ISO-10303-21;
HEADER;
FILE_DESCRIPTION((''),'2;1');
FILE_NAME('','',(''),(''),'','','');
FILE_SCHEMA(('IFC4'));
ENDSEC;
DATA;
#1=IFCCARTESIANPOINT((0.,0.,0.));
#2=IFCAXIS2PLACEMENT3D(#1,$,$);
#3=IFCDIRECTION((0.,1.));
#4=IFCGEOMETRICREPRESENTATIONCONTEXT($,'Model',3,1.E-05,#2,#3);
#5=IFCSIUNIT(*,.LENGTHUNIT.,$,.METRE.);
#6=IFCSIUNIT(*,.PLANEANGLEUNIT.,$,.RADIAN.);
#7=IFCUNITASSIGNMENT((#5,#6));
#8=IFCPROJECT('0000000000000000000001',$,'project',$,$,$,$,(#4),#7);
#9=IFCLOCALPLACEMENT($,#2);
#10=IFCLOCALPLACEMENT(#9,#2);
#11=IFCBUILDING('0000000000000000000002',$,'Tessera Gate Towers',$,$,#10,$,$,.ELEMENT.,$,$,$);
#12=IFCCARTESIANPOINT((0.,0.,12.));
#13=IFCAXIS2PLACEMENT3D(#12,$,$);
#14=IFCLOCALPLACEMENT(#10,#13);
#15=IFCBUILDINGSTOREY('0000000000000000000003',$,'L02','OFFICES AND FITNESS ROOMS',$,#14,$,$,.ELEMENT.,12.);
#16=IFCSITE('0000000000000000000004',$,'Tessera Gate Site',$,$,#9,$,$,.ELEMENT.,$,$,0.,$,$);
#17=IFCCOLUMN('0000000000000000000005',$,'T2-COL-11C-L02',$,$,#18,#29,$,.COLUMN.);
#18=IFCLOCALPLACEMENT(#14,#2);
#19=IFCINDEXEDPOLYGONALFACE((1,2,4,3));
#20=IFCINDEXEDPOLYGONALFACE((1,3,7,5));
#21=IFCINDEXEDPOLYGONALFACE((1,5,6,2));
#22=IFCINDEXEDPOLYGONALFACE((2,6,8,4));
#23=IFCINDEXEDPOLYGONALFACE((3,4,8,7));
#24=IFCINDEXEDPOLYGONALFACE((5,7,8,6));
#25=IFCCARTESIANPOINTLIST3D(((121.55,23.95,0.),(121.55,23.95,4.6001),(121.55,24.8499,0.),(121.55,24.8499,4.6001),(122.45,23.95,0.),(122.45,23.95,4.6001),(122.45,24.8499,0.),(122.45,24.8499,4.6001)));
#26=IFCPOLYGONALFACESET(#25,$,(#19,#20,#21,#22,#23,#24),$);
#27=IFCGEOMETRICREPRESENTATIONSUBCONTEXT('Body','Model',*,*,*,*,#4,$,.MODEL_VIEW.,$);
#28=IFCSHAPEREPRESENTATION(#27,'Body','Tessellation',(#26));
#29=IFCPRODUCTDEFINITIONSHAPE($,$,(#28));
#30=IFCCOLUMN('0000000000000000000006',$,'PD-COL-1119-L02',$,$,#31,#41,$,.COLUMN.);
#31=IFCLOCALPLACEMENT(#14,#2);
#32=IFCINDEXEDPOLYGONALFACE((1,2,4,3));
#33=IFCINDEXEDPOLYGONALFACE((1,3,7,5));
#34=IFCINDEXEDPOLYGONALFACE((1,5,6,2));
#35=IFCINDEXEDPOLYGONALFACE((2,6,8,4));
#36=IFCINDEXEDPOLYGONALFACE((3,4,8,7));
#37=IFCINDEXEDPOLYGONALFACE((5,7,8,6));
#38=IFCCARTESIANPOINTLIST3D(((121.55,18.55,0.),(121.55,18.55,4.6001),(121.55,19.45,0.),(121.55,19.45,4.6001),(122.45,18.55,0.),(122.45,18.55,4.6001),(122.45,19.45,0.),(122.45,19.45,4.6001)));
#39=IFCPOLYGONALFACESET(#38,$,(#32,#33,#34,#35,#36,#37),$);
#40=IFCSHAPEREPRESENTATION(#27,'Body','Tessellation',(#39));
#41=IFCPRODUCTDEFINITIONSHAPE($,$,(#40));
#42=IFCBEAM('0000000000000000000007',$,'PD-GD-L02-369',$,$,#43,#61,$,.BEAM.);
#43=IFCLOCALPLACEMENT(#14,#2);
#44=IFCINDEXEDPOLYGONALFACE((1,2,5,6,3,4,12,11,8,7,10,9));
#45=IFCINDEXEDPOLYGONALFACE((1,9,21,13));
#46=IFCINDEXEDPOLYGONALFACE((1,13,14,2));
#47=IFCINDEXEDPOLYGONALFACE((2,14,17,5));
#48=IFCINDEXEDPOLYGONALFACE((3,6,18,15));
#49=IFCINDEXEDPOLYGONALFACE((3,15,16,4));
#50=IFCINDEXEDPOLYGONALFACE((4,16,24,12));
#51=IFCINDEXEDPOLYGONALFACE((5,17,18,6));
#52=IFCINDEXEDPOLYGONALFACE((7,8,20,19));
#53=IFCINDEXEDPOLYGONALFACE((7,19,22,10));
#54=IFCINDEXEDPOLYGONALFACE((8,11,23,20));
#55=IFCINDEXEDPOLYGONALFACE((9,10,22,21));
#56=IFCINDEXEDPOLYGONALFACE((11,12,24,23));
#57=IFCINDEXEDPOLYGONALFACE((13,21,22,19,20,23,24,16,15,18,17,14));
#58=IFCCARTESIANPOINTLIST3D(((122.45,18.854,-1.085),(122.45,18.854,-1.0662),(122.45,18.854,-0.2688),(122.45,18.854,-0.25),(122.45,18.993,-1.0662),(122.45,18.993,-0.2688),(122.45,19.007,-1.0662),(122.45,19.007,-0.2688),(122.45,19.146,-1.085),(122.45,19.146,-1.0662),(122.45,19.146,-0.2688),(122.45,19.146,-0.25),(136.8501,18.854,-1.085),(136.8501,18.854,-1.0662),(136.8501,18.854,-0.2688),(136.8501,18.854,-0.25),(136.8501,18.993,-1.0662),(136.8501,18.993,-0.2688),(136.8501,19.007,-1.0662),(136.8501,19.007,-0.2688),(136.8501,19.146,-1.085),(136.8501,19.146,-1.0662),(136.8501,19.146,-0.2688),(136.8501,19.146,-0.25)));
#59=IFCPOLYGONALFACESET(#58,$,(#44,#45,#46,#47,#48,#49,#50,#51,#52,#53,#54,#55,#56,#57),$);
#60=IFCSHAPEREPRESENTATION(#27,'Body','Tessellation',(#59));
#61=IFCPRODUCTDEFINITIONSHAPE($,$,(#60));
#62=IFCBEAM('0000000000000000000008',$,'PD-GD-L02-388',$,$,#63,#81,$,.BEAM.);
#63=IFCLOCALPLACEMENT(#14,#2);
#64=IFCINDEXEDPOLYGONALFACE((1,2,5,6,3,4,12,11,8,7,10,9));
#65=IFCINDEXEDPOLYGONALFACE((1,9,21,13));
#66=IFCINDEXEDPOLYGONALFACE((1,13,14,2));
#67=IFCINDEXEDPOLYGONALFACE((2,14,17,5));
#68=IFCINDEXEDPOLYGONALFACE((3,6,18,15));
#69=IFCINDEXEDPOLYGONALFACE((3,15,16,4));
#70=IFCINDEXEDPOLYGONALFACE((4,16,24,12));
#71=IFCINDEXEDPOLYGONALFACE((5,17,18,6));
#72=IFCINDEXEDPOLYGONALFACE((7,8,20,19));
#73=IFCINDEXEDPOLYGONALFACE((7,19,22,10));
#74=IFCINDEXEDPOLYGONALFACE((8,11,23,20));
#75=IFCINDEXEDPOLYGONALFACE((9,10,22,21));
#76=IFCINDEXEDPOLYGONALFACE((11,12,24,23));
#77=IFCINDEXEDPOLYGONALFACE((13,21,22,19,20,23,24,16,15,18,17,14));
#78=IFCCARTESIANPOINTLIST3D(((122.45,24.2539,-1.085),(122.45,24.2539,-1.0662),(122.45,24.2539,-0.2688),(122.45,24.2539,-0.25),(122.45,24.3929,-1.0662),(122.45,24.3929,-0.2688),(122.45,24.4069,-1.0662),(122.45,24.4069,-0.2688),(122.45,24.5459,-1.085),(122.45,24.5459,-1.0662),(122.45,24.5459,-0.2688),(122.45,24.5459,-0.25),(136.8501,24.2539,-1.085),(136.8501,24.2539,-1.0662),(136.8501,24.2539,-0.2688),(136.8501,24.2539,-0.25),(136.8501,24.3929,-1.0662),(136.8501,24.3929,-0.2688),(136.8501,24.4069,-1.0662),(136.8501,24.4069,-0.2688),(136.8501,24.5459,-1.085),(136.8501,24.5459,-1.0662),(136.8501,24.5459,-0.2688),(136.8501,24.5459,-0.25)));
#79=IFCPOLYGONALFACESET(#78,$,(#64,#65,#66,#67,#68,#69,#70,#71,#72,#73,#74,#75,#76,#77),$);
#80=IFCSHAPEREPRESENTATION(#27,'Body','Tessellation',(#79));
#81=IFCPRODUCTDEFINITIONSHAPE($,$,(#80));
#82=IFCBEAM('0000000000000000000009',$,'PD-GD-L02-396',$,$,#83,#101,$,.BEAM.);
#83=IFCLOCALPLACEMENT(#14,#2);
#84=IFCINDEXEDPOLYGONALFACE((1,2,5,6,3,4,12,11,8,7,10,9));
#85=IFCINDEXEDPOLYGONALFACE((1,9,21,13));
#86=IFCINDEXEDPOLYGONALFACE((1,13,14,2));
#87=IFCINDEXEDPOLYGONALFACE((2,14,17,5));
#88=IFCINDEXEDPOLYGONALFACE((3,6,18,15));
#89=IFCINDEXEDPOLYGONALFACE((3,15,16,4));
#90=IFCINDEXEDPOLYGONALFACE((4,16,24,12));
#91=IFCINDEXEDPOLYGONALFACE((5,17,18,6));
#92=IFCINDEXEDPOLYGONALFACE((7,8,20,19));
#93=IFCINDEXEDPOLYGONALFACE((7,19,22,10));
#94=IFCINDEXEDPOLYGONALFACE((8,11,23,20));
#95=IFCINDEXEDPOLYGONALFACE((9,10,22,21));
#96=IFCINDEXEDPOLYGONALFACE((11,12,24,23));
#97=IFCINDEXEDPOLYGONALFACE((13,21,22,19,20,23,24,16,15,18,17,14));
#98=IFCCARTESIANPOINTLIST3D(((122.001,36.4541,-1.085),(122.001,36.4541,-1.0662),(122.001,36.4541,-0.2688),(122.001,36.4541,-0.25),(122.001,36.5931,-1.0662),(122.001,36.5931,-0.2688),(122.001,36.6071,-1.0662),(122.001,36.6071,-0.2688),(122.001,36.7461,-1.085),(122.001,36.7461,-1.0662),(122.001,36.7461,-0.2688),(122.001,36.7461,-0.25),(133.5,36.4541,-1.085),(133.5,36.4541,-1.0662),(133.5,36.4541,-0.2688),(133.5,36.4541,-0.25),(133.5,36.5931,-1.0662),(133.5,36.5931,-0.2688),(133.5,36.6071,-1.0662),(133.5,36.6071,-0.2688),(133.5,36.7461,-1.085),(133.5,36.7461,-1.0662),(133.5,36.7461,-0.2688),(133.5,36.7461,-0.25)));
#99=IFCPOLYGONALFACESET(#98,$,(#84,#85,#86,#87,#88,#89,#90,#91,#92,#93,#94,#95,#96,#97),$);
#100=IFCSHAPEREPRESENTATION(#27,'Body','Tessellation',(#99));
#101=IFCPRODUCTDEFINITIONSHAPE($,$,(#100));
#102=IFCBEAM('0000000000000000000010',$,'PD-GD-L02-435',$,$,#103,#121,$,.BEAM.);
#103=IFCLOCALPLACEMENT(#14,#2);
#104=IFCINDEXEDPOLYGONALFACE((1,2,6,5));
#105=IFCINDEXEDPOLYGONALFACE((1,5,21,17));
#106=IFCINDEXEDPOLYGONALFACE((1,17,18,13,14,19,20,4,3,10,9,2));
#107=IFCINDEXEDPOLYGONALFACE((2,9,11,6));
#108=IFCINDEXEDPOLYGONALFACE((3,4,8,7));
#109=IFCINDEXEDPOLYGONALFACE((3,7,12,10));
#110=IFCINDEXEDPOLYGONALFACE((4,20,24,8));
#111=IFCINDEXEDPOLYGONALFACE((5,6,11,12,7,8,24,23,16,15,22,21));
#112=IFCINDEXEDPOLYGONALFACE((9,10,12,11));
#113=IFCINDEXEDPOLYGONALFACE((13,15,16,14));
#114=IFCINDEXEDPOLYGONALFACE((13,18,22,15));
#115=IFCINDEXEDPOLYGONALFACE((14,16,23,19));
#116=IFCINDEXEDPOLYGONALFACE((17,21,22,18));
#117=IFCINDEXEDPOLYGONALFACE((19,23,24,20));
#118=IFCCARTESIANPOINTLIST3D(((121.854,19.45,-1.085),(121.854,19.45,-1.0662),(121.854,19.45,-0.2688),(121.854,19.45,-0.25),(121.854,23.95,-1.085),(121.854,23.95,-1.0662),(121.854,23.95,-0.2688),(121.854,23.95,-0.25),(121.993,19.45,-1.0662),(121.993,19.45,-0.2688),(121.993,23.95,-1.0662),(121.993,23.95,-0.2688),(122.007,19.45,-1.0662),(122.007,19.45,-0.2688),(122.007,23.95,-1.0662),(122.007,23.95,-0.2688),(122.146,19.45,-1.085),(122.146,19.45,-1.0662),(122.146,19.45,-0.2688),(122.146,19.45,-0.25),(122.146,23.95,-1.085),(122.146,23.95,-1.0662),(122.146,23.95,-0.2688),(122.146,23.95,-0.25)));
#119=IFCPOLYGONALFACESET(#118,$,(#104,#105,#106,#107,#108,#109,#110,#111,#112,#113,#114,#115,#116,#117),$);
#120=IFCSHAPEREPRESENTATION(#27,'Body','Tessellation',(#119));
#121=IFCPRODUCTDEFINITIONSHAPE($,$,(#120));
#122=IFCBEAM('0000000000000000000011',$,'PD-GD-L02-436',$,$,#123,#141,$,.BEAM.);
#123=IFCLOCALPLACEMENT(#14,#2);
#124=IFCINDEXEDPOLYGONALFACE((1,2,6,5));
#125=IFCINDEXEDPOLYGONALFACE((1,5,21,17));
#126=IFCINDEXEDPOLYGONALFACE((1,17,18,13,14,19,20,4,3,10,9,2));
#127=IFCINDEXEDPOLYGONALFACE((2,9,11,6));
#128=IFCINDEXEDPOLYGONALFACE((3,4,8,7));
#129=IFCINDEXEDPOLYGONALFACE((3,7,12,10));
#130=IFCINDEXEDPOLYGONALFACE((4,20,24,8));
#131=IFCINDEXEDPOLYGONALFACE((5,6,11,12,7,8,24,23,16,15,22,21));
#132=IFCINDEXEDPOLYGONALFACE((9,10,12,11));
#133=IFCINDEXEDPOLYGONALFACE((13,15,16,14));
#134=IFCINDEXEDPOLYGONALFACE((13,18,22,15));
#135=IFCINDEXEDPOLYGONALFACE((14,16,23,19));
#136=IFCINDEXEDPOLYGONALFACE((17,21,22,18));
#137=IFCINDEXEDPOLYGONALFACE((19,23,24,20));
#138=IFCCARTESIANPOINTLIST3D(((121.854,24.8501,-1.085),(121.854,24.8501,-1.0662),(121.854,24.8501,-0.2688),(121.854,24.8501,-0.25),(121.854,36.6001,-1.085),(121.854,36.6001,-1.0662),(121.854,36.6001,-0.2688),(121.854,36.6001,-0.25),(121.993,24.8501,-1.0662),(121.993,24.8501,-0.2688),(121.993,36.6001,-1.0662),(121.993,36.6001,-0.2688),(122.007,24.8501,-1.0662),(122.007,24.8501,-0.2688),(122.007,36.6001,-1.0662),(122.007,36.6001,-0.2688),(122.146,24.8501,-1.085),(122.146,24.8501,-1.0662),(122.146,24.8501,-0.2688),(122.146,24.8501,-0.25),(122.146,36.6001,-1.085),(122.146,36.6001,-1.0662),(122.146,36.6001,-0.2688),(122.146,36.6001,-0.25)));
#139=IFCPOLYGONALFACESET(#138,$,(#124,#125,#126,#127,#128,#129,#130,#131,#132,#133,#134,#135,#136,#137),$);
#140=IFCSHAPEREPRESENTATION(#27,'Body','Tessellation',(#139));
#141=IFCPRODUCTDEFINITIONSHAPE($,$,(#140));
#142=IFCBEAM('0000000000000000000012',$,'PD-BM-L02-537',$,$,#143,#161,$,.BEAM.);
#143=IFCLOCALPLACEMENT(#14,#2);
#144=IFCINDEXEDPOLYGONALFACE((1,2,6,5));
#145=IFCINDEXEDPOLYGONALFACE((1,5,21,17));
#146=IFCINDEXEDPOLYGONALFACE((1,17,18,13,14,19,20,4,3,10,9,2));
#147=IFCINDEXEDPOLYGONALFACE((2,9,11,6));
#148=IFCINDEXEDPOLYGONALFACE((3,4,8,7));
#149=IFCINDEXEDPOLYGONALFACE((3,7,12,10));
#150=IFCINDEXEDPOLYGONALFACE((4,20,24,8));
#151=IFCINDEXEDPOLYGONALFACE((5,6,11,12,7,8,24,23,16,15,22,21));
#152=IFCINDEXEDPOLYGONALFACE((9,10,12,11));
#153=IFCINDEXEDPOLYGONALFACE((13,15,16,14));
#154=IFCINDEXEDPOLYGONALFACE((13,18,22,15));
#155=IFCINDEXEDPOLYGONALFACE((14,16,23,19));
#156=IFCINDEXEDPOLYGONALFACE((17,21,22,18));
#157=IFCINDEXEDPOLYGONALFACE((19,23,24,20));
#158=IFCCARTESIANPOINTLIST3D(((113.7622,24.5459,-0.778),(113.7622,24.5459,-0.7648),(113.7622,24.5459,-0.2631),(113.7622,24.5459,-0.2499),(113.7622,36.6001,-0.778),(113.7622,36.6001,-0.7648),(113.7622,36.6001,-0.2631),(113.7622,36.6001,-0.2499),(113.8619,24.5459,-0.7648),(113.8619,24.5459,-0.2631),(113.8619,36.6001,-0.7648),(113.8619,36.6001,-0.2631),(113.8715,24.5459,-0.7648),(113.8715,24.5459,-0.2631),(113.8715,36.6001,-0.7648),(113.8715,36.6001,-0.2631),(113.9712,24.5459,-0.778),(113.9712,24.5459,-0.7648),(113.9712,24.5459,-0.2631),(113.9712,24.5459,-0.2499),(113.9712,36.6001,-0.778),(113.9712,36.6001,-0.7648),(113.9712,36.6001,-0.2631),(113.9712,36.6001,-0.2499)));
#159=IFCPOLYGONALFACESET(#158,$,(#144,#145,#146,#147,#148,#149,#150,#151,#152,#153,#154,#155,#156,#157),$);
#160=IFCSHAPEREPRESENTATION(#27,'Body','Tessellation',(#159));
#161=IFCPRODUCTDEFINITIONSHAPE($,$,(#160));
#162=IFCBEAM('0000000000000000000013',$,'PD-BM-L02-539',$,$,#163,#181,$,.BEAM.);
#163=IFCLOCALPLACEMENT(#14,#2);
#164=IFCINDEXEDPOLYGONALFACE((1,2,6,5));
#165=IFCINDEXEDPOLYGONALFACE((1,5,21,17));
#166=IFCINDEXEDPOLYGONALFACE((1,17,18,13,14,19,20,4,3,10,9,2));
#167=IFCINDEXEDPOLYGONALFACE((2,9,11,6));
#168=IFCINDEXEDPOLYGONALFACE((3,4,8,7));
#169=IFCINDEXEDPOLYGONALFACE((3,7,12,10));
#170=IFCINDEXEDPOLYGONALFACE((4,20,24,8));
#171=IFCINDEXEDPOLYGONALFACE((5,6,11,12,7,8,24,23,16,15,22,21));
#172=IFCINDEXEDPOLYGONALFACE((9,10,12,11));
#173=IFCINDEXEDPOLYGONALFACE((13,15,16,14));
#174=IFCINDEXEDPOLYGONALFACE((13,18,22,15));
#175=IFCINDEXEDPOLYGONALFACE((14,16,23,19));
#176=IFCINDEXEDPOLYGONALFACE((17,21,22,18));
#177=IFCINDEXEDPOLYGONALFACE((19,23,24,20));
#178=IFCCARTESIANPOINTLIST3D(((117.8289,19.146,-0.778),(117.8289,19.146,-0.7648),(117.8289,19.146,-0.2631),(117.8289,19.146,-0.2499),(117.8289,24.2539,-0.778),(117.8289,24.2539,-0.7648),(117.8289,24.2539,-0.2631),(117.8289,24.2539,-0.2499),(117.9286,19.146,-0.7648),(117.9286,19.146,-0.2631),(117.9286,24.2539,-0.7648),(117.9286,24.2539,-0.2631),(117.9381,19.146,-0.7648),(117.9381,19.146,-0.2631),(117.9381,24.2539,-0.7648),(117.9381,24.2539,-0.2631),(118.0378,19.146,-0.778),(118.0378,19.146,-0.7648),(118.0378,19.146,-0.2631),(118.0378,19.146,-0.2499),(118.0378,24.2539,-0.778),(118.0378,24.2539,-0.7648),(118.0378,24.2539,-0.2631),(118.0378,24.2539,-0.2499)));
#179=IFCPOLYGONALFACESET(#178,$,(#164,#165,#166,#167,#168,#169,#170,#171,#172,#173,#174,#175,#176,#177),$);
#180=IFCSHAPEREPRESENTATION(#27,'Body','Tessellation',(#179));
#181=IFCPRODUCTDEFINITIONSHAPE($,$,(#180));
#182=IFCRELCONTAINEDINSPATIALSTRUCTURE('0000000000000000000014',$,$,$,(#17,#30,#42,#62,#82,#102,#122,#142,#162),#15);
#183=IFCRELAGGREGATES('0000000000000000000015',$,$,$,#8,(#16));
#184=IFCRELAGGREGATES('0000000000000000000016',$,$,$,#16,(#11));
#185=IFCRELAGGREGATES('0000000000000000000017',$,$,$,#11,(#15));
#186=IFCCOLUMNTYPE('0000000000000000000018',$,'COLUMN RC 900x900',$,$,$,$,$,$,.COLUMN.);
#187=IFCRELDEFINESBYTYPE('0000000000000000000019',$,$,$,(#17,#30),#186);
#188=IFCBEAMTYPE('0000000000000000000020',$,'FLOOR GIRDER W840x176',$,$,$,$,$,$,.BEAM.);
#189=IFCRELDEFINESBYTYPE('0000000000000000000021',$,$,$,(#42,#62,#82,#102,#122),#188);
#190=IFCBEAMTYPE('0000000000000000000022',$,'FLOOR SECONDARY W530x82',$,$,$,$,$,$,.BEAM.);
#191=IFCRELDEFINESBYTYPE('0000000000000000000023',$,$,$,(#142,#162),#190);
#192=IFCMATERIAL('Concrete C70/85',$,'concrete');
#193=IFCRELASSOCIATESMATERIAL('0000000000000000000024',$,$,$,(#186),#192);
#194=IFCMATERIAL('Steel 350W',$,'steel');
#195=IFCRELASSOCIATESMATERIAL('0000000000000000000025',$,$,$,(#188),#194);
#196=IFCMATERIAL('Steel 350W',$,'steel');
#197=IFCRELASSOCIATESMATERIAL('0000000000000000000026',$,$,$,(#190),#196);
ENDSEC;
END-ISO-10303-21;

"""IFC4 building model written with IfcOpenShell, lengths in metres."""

from ifc_helpers import new_model, si_unit, direction, frame, origin, origin_2d, place, context, subcontext, project, spatial, rectangle, i_section, extrude, material, material_profile, profile_set, type_object, element, save


model = new_model("IFC4")

# Units and contexts
model_context = context("Model", 3, precision=1e-05, world=origin(), true_north=direction((0.0, 1.0)))
body_context = subcontext(model_context, "Body", "Model", "MODEL_VIEW")
ifc_project = project(units=[si_unit("LENGTHUNIT", "METRE"), si_unit("PLANEANGLEUNIT", "RADIAN")], contexts=[model_context])

# Site, building, storey
site_placement = place(None, origin())
site = spatial("IfcSite", under=ifc_project, at=site_placement, Name="Tessera Gate Site", CompositionType="ELEMENT", RefElevation=0.0)
building_placement = place(site_placement, origin())
building = spatial("IfcBuilding", under=site, at=building_placement, Name="Tessera Gate Towers", CompositionType="ELEMENT")
storey_placement = place(building_placement, frame((0.0, 0.0, 12.0)))
storey = spatial("IfcBuildingStorey", under=building, at=storey_placement, Name="L02", Description="OFFICES AND FITNESS ROOMS", CompositionType="ELEMENT", Elevation=12.0)

# Columns
ifc_material_1 = material(Name="Concrete C70/85", Category="concrete")
ifc_material_profile_1 = material_profile(ifc_material_1, rectangle(XDim=0.8999, YDim=0.8999, at=origin_2d()), Name="RC 900x900")
ifc_profile_set_1 = profile_set([ifc_material_profile_1], Name="Concrete C70/85")
column_type = type_object("IfcColumnType", Name="COLUMN RC 900x900", PredefinedType="COLUMN", material=ifc_profile_set_1)
for number, where, z_axis, x_axis, name in (
    (1, (122.0, 24.3999, 0.0), (0.0, 0.0, 1.0), (1.0, 0.0, 0.0), "T2-COL-11C-L02"),
    (2, (122.0, 19.0, 0.0), (0.0, 0.0, 1.0), (1.0, 0.0, 0.0), "PD-COL-1119-L02"),
):
    element("IfcColumn", number, at=place(storey_placement, frame(where, z_axis=z_axis, x_axis=x_axis)), inside=storey, type_object=column_type, Name=name, PredefinedType="COLUMN", context=body_context, shape_type="SweptSolid", body=[
        extrude(rectangle(XDim=0.8999, YDim=0.8999, at=origin_2d()), origin(), (0.0, 0.0, 1.0), 4.6001),
    ])

# Beams
ifc_material_2 = material(Name="Steel 350W", Category="steel")
ifc_material_profile_2 = material_profile(ifc_material_2, i_section(OverallWidth=0.292, OverallDepth=0.835, WebThickness=0.0139, FlangeThickness=0.0188, at=origin_2d()), Name="W840x176")
ifc_profile_set_2 = profile_set([ifc_material_profile_2], Name="Steel 350W")
beam_type_1 = type_object("IfcBeamType", Name="FLOOR GIRDER W840x176", PredefinedType="BEAM", material=ifc_profile_set_2)
for number, where, z_axis, x_axis, name in (
    (3, (122.45, 19.0, -0.6675), (1.0, 0.0, 0.0), (0.0, 1.0, 0.0), "PD-GD-L02-369"),
    (4, (122.45, 24.3999, -0.6675), (1.0, 0.0, 0.0), (0.0, 1.0, 0.0), "PD-GD-L02-388"),
):
    element("IfcBeam", number, at=place(storey_placement, frame(where, z_axis=z_axis, x_axis=x_axis)), inside=storey, type_object=beam_type_1, Name=name, PredefinedType="BEAM", context=body_context, shape_type="SweptSolid", body=[
        extrude(i_section(OverallWidth=0.292, OverallDepth=0.835, WebThickness=0.0139, FlangeThickness=0.0188, at=origin_2d()), origin(), (0.0, 0.0, 1.0), 14.4001),
    ])
beam_1_placement = place(storey_placement, frame((122.001, 36.6001, -0.6675), z_axis=(1.0, 0.0, 0.0), x_axis=(0.0, 1.0, 0.0)))
element("IfcBeam", 5, at=beam_1_placement, inside=storey, type_object=beam_type_1, Name="PD-GD-L02-396", PredefinedType="BEAM", context=body_context, shape_type="SweptSolid", body=[
    extrude(i_section(OverallWidth=0.292, OverallDepth=0.835, WebThickness=0.0139, FlangeThickness=0.0188, at=origin_2d()), origin(), (0.0, 0.0, 1.0), 11.499),
])
beam_2_placement = place(storey_placement, frame((122.0, 19.45, -0.6675), z_axis=(0.0, 1.0, 0.0), x_axis=(-1.0, 0.0, 0.0)))
element("IfcBeam", 6, at=beam_2_placement, inside=storey, type_object=beam_type_1, Name="PD-GD-L02-435", PredefinedType="BEAM", context=body_context, shape_type="SweptSolid", body=[
    extrude(i_section(OverallWidth=0.292, OverallDepth=0.835, WebThickness=0.0139, FlangeThickness=0.0188, at=origin_2d()), origin(), (0.0, 0.0, 1.0), 4.5),
])
beam_3_placement = place(storey_placement, frame((122.0, 24.8501, -0.6675), z_axis=(0.0, 1.0, 0.0), x_axis=(-1.0, 0.0, 0.0)))
element("IfcBeam", 7, at=beam_3_placement, inside=storey, type_object=beam_type_1, Name="PD-GD-L02-436", PredefinedType="BEAM", context=body_context, shape_type="SweptSolid", body=[
    extrude(i_section(OverallWidth=0.292, OverallDepth=0.835, WebThickness=0.0139, FlangeThickness=0.0188, at=origin_2d()), origin(), (0.0, 0.0, 1.0), 11.75),
])
ifc_material_3 = material(Name="Steel 350W", Category="steel")
ifc_material_profile_3 = material_profile(ifc_material_3, i_section(OverallWidth=0.209, OverallDepth=0.5281, WebThickness=0.0095, FlangeThickness=0.0132, at=origin_2d()), Name="W530x82")
ifc_profile_set_3 = profile_set([ifc_material_profile_3], Name="Steel 350W")
beam_type_2 = type_object("IfcBeamType", Name="FLOOR SECONDARY W530x82", PredefinedType="BEAM", material=ifc_profile_set_3)
beam_4_placement = place(storey_placement, frame((113.8667, 24.5459, -0.5139), z_axis=(0.0, 1.0, 0.0), x_axis=(-1.0, 0.0, 0.0)))
element("IfcBeam", 8, at=beam_4_placement, inside=storey, type_object=beam_type_2, Name="PD-BM-L02-537", PredefinedType="BEAM", context=body_context, shape_type="SweptSolid", body=[
    extrude(i_section(OverallWidth=0.209, OverallDepth=0.5281, WebThickness=0.0095, FlangeThickness=0.0132, at=origin_2d()), origin(), (0.0, 0.0, 1.0), 12.0542),
])
beam_5_placement = place(storey_placement, frame((117.9333, 19.146, -0.5139), z_axis=(0.0, 1.0, 0.0), x_axis=(-1.0, 0.0, 0.0)))
element("IfcBeam", 9, at=beam_5_placement, inside=storey, type_object=beam_type_2, Name="PD-BM-L02-539", PredefinedType="BEAM", context=body_context, shape_type="SweptSolid", body=[
    extrude(i_section(OverallWidth=0.209, OverallDepth=0.5281, WebThickness=0.0095, FlangeThickness=0.0132, at=origin_2d()), origin(), (0.0, 0.0, 1.0), 5.1079),
])

save(model, "model.ifc")
